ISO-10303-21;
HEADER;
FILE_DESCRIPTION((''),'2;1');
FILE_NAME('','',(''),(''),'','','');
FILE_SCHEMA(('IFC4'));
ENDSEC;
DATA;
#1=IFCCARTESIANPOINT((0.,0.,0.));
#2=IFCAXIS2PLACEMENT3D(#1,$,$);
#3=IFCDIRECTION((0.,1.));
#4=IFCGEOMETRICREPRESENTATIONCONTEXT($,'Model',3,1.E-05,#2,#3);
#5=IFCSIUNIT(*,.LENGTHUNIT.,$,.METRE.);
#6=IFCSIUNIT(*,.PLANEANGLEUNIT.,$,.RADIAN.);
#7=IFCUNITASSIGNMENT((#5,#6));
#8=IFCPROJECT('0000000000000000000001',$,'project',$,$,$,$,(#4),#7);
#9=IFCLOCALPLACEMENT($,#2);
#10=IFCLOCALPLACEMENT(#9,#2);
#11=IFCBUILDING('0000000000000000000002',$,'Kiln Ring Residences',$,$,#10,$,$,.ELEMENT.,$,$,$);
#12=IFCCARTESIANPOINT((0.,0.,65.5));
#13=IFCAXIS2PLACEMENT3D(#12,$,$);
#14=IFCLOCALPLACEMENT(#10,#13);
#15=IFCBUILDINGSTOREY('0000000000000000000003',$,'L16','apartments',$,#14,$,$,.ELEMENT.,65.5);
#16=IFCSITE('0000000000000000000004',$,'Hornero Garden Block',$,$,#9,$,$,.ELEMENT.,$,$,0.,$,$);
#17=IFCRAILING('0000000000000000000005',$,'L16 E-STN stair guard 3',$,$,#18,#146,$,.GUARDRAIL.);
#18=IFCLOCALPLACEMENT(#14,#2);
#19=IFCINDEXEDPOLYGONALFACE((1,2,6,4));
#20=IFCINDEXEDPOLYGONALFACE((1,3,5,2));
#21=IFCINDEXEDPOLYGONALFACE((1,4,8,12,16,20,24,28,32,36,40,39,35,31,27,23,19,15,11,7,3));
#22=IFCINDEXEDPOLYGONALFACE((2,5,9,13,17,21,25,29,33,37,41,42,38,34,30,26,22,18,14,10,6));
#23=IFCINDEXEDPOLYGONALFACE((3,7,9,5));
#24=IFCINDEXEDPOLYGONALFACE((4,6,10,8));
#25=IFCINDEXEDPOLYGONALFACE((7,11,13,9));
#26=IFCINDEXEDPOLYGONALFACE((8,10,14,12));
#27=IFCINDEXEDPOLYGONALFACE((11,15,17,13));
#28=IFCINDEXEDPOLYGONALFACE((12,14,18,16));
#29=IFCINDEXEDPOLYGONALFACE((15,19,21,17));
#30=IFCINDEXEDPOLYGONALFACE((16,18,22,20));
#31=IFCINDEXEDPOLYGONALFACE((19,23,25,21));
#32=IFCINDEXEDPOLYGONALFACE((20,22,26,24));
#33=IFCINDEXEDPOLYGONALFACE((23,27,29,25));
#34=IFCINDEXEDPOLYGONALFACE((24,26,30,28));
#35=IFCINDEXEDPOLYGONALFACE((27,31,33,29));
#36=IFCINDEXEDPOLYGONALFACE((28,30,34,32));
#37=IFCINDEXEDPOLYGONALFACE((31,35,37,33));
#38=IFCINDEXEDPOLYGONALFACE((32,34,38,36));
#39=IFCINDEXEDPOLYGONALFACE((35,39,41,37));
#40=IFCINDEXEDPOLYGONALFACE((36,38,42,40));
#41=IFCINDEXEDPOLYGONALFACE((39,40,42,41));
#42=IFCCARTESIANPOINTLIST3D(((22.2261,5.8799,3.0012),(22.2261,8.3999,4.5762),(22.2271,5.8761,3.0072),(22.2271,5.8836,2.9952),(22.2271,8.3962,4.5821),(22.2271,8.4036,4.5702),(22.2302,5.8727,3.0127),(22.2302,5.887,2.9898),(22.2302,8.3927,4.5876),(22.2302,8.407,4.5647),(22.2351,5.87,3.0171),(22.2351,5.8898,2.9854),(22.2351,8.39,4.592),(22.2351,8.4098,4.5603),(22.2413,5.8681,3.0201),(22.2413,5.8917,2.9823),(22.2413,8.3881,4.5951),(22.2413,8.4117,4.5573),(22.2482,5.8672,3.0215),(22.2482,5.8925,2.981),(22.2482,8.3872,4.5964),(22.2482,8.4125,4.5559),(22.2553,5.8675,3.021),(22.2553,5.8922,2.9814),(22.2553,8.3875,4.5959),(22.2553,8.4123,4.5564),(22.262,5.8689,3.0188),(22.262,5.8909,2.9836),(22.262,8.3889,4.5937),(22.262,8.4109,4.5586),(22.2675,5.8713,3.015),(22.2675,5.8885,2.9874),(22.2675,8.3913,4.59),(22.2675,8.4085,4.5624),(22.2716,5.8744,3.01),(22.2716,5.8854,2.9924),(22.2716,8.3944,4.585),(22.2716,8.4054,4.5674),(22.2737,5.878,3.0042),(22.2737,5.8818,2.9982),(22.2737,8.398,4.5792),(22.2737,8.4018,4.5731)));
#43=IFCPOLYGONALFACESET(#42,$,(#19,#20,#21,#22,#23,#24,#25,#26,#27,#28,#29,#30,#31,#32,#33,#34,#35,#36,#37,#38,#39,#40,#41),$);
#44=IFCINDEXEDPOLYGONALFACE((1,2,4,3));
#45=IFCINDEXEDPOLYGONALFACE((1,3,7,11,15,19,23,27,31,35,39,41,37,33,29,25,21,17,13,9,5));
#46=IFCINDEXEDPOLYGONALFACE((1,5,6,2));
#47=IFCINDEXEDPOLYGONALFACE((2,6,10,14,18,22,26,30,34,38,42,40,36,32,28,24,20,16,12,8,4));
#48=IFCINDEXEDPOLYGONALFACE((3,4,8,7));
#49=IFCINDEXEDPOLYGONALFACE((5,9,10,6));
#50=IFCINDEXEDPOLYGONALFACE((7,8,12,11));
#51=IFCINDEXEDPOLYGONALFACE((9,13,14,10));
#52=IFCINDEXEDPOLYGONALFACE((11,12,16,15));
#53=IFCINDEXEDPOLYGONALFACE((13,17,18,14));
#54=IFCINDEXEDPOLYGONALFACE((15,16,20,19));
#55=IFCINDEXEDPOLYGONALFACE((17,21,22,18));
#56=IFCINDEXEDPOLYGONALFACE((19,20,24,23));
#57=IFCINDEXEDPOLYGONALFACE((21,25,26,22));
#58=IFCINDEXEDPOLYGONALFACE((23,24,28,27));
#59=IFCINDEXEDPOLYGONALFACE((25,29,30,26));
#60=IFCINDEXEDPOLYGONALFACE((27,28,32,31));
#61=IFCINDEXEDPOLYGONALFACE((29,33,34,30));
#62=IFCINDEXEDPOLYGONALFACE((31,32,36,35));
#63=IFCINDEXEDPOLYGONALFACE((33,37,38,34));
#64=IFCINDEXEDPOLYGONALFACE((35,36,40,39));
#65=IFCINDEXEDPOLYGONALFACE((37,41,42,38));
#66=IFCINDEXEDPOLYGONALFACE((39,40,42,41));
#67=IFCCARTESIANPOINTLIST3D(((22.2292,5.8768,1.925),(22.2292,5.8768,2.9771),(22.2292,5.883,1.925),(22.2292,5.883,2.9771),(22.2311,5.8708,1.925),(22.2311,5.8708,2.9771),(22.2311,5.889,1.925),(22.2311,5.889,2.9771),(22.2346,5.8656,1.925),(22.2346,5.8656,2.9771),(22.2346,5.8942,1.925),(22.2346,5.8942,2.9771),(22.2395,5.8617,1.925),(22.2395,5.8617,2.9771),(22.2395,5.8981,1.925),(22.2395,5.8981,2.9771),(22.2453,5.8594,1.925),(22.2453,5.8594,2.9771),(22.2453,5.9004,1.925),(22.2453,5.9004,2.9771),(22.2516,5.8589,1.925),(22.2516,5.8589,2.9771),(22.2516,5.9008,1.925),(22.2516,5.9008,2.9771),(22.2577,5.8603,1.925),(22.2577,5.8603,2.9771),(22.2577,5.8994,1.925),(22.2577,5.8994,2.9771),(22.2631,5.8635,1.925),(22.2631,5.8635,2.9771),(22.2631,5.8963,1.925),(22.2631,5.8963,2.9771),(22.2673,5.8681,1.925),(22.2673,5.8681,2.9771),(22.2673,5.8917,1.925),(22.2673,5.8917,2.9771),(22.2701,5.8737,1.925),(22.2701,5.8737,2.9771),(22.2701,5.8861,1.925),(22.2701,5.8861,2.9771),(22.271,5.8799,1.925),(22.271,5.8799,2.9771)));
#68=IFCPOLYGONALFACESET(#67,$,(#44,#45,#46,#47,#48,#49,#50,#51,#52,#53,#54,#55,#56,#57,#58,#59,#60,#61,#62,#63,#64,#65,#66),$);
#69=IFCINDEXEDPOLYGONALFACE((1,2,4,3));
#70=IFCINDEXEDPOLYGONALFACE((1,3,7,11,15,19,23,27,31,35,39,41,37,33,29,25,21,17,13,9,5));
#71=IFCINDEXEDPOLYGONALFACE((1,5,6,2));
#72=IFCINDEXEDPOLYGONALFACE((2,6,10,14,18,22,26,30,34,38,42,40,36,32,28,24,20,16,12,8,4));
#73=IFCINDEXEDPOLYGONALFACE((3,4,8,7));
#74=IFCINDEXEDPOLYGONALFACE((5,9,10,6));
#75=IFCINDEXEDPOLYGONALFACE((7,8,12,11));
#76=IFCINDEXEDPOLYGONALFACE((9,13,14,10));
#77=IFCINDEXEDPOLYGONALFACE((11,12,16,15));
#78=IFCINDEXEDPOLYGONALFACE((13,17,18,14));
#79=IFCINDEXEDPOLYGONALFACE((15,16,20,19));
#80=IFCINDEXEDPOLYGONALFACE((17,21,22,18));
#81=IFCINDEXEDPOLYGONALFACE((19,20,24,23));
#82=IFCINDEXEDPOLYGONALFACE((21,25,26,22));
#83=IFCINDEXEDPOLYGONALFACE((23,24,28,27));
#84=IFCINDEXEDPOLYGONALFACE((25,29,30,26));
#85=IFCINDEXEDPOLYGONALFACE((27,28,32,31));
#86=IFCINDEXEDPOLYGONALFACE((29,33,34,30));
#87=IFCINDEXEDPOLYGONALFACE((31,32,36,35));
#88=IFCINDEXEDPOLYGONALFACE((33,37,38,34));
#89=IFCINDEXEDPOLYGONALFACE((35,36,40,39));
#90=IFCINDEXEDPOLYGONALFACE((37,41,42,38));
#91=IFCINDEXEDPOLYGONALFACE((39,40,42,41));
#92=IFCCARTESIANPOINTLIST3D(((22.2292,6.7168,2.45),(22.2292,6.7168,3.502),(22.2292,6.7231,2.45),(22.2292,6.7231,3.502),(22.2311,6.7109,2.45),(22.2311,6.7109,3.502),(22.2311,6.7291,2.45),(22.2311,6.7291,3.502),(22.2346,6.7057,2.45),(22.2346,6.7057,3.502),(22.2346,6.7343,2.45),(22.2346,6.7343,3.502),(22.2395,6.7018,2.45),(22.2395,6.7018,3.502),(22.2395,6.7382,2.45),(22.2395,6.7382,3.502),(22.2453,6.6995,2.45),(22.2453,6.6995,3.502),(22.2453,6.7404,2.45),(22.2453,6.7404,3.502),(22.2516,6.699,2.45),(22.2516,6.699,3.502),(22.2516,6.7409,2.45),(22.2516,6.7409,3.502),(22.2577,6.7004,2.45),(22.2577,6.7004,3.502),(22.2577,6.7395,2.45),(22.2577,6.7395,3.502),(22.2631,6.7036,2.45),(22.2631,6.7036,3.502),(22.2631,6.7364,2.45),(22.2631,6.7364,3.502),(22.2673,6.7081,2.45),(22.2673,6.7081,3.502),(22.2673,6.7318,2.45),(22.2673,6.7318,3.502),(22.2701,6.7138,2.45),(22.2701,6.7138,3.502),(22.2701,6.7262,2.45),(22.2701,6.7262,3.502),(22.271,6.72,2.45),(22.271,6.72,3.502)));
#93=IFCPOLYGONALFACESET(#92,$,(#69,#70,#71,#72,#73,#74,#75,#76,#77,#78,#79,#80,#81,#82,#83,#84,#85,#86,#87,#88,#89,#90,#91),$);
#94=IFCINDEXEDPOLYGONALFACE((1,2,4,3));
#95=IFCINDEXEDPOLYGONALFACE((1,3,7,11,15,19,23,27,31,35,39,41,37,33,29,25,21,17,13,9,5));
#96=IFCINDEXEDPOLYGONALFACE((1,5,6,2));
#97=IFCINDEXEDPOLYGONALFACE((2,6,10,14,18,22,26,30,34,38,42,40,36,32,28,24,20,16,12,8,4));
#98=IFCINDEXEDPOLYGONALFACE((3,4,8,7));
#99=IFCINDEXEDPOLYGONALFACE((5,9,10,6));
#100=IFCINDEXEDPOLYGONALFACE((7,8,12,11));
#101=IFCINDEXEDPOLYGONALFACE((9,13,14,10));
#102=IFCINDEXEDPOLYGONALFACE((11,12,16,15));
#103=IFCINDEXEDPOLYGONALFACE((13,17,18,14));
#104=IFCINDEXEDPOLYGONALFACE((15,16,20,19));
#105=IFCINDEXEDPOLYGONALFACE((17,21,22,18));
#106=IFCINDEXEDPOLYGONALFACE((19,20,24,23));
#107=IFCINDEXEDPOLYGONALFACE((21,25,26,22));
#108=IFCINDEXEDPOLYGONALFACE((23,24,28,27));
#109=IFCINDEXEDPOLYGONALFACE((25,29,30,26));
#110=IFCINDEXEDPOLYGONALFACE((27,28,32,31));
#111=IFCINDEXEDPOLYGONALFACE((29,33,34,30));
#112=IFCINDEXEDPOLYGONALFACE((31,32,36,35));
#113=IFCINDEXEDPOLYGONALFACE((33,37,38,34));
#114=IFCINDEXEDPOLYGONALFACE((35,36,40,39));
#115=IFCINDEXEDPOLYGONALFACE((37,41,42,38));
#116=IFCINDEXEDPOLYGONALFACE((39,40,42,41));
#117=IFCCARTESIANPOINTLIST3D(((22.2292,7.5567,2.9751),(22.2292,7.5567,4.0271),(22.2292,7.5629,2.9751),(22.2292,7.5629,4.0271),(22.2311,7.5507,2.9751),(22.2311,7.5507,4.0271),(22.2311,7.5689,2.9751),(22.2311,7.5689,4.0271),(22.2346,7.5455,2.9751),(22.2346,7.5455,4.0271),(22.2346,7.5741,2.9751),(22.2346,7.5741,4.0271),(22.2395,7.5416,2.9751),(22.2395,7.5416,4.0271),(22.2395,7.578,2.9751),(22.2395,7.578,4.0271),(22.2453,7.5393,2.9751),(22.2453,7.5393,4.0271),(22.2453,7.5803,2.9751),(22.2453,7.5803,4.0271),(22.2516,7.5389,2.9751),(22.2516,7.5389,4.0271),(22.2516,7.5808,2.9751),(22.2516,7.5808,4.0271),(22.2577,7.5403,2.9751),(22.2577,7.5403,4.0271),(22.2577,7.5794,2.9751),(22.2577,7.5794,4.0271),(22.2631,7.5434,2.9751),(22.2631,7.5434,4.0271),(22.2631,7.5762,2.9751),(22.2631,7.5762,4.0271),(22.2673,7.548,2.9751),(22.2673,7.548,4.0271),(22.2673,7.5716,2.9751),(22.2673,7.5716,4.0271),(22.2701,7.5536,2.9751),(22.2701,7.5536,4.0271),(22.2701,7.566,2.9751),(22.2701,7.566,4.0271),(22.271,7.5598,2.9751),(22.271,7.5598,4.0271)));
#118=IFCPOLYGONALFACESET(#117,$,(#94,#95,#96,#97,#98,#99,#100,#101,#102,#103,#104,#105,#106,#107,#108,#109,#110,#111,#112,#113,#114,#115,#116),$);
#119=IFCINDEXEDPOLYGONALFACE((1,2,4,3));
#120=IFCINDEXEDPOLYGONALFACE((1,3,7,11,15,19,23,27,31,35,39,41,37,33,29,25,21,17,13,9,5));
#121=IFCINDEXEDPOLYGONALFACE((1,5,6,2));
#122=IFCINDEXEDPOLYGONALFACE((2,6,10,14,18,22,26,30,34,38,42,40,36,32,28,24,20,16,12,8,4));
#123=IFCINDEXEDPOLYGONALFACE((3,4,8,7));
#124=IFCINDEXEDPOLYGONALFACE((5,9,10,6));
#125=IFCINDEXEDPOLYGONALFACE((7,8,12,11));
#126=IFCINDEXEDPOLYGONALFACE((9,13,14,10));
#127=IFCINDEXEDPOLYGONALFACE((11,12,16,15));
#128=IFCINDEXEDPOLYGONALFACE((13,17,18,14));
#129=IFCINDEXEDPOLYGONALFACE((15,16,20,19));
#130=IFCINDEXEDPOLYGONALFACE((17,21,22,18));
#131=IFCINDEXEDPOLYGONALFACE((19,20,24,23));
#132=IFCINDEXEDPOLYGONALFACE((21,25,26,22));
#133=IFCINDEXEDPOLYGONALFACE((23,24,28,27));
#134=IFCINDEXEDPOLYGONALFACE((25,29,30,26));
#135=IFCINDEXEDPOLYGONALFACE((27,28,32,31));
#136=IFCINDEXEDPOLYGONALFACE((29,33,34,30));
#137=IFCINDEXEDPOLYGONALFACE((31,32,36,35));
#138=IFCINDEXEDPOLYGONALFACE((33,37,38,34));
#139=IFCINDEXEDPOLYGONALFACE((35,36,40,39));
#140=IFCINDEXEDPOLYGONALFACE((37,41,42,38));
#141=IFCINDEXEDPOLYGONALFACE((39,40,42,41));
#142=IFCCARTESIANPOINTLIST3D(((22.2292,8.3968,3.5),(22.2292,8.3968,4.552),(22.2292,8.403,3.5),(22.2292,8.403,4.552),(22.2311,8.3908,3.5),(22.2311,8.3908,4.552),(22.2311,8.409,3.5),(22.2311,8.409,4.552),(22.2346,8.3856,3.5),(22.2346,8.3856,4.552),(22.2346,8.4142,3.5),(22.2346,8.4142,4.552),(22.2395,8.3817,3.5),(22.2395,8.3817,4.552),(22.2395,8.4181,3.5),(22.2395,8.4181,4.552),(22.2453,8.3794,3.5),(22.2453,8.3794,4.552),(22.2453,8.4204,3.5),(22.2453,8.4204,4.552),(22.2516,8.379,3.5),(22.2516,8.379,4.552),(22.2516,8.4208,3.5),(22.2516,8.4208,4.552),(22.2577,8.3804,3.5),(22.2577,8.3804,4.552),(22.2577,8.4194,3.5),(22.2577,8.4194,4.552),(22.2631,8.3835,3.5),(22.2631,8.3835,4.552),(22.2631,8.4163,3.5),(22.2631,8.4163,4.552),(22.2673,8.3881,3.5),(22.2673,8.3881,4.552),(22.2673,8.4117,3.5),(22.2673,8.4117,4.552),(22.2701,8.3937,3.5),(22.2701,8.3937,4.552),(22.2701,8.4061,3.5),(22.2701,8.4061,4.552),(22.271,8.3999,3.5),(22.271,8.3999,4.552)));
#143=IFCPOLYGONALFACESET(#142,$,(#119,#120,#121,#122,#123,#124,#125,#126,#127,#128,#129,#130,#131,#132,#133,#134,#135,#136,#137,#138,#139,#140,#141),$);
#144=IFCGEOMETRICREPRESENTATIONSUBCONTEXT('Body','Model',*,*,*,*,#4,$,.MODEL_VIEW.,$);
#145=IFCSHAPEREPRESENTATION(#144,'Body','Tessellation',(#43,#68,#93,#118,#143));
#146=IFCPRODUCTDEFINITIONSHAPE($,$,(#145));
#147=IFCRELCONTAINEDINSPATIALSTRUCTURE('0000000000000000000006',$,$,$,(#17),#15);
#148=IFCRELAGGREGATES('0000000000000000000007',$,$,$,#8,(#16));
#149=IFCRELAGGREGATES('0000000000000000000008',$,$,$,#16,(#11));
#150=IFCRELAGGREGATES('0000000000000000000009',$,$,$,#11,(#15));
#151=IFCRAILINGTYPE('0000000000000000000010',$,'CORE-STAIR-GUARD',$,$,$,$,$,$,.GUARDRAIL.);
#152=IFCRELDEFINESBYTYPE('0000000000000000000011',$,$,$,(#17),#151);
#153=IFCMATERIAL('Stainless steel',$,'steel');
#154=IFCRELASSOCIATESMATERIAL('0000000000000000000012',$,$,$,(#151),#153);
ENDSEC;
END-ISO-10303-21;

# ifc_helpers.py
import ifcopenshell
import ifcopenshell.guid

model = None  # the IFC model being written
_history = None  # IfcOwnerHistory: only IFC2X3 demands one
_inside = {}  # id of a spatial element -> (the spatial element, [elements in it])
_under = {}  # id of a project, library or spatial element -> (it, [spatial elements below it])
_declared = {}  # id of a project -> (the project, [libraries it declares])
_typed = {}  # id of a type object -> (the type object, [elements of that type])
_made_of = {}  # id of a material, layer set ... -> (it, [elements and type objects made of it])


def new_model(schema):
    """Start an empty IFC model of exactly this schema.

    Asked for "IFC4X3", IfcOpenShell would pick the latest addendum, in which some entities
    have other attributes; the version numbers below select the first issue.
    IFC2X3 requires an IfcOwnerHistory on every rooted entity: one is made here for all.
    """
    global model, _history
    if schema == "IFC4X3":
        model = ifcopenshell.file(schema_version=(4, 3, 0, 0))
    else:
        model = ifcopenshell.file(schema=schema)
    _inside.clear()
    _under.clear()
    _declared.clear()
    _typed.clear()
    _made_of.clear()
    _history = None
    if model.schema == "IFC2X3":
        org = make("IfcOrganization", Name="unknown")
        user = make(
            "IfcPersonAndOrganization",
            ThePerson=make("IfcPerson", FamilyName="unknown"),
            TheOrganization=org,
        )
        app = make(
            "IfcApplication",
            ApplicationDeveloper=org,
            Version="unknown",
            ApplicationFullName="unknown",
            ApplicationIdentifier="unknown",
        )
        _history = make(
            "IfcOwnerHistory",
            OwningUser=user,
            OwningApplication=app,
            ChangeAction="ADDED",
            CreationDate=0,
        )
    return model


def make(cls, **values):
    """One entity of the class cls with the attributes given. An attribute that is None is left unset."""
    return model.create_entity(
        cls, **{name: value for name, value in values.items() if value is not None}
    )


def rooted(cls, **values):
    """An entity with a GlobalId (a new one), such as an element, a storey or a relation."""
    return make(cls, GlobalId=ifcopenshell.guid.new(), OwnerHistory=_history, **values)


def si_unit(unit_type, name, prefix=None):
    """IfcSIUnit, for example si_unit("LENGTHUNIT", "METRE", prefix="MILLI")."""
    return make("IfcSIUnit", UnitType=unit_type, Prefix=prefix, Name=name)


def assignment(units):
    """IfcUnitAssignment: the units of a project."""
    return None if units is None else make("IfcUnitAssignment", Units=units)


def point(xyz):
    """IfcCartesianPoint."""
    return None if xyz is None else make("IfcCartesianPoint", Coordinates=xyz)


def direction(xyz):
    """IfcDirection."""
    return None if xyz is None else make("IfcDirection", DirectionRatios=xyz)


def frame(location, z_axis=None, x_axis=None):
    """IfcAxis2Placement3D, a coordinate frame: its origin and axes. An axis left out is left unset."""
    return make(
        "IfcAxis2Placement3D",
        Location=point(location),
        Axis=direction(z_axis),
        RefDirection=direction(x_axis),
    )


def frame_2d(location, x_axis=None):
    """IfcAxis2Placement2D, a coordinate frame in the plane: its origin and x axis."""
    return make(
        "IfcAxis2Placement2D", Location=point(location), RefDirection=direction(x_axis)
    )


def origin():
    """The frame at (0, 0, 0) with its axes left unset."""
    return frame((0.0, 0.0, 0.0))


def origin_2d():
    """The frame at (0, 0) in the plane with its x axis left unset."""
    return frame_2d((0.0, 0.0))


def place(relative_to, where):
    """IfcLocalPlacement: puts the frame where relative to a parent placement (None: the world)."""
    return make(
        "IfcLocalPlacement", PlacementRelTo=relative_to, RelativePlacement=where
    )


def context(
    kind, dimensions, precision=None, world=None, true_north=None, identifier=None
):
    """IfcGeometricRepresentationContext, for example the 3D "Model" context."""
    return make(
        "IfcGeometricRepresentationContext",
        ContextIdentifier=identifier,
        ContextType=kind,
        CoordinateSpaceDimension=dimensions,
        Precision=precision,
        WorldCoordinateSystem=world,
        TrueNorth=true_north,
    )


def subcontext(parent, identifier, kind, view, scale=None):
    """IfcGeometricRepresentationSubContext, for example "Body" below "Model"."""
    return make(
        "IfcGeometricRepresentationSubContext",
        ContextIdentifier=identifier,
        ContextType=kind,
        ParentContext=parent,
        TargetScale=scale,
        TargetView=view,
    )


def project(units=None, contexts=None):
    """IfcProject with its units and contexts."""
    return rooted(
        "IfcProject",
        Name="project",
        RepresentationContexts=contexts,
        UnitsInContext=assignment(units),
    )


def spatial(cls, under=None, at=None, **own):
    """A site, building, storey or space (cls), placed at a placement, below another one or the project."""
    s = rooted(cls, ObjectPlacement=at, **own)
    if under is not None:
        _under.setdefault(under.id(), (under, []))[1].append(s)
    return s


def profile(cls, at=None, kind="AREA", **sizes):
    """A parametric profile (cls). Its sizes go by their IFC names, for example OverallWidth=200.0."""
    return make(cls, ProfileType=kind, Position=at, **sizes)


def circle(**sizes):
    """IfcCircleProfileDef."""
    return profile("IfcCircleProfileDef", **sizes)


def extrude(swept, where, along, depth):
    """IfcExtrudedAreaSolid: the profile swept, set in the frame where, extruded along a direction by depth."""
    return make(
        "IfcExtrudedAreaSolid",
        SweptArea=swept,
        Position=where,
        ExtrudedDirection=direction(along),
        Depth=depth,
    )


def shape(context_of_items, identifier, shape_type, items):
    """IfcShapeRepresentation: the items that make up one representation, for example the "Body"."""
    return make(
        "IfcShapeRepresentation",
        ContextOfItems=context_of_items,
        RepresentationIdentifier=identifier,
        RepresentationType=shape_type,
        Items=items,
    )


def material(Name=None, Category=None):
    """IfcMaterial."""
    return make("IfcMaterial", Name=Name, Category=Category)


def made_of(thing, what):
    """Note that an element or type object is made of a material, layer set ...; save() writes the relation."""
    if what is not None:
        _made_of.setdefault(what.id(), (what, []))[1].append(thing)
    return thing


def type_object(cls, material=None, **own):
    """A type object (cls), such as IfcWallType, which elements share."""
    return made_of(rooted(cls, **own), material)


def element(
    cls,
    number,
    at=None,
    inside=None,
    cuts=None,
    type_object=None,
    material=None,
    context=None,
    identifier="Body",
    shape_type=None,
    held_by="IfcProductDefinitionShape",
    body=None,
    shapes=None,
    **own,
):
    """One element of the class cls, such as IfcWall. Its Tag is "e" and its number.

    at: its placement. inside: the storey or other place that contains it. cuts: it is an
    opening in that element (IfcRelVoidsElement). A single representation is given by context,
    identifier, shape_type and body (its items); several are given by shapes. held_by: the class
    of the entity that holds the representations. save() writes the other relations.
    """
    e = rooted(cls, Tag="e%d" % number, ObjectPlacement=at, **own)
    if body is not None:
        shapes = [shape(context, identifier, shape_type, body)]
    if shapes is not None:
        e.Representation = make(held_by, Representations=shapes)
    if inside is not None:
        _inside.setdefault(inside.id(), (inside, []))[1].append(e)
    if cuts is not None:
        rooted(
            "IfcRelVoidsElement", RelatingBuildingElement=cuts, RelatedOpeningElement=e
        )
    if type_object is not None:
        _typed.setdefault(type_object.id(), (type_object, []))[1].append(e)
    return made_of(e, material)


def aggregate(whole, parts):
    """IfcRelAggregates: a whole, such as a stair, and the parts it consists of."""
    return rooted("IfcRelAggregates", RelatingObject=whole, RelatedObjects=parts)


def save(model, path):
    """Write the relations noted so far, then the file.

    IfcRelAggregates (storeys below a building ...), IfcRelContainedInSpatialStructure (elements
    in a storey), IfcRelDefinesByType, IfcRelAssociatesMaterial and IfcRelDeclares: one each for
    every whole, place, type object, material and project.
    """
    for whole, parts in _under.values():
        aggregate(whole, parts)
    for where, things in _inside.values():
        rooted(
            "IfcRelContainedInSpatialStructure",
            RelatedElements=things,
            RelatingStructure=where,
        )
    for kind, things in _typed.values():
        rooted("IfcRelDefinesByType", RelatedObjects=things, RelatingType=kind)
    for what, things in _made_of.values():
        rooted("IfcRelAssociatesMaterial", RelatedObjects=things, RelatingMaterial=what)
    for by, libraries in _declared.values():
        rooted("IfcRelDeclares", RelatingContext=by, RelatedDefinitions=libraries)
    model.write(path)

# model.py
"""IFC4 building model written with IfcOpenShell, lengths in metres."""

from ifc_helpers import new_model, si_unit, direction, frame, origin, origin_2d, place, context, subcontext, project, spatial, circle, extrude, material, type_object, element, save


model = new_model("IFC4")

# Units and contexts
model_context = context("Model", 3, precision=1e-05, world=origin(), true_north=direction((0.0, 1.0)))
body_context = subcontext(model_context, "Body", "Model", "MODEL_VIEW")
ifc_project = project(units=[si_unit("LENGTHUNIT", "METRE"), si_unit("PLANEANGLEUNIT", "RADIAN")], contexts=[model_context])

# Site, building, storey
site_placement = place(None, origin())
site = spatial("IfcSite", under=ifc_project, at=site_placement, Name="Hornero Garden Block", CompositionType="ELEMENT", RefElevation=0.0)
building_placement = place(site_placement, origin())
building = spatial("IfcBuilding", under=site, at=building_placement, Name="Kiln Ring Residences", CompositionType="ELEMENT")
storey_placement = place(building_placement, frame((0.0, 0.0, 65.5)))
storey = spatial("IfcBuildingStorey", under=building, at=storey_placement, Name="L16", Description="apartments", CompositionType="ELEMENT", Elevation=65.5)

# Railing
ifc_material_1 = material(Name="Stainless steel", Category="steel")
railing_type_1 = type_object("IfcRailingType", Name="CORE-STAIR-GUARD", PredefinedType="GUARDRAIL", material=ifc_material_1)
railing_1_placement = place(storey_placement, frame((22.25, 5.8799, 1.925)))
element("IfcRailing", 1, at=railing_1_placement, inside=storey, type_object=railing_type_1, Name="L16 E-STN stair guard 3", PredefinedType="GUARDRAIL", context=body_context, shape_type="SweptSolid", body=[
    extrude(circle(Radius=0.0239, at=origin_2d()), frame((0.0, 0.0, 1.0762), z_axis=(0.0, 0.848008, 0.529984), x_axis=(-1.0, 0.0, 0.0)), (0.0, 0.0, 1.0), 2.9717),
    extrude(circle(Radius=0.021, at=origin_2d()), origin(), (0.0, 0.0, 1.0), 1.052),
    extrude(circle(Radius=0.021, at=origin_2d()), frame((0.0, 0.8401, 0.5249)), (0.0, 0.0, 1.0), 1.052),
    extrude(circle(Radius=0.021, at=origin_2d()), frame((0.0, 1.6799, 1.05)), (0.0, 0.0, 1.0), 1.052),
    extrude(circle(Radius=0.021, at=origin_2d()), frame((0.0, 2.52, 1.575)), (0.0, 0.0, 1.0), 1.052),
])

save(model, "model.ifc")
